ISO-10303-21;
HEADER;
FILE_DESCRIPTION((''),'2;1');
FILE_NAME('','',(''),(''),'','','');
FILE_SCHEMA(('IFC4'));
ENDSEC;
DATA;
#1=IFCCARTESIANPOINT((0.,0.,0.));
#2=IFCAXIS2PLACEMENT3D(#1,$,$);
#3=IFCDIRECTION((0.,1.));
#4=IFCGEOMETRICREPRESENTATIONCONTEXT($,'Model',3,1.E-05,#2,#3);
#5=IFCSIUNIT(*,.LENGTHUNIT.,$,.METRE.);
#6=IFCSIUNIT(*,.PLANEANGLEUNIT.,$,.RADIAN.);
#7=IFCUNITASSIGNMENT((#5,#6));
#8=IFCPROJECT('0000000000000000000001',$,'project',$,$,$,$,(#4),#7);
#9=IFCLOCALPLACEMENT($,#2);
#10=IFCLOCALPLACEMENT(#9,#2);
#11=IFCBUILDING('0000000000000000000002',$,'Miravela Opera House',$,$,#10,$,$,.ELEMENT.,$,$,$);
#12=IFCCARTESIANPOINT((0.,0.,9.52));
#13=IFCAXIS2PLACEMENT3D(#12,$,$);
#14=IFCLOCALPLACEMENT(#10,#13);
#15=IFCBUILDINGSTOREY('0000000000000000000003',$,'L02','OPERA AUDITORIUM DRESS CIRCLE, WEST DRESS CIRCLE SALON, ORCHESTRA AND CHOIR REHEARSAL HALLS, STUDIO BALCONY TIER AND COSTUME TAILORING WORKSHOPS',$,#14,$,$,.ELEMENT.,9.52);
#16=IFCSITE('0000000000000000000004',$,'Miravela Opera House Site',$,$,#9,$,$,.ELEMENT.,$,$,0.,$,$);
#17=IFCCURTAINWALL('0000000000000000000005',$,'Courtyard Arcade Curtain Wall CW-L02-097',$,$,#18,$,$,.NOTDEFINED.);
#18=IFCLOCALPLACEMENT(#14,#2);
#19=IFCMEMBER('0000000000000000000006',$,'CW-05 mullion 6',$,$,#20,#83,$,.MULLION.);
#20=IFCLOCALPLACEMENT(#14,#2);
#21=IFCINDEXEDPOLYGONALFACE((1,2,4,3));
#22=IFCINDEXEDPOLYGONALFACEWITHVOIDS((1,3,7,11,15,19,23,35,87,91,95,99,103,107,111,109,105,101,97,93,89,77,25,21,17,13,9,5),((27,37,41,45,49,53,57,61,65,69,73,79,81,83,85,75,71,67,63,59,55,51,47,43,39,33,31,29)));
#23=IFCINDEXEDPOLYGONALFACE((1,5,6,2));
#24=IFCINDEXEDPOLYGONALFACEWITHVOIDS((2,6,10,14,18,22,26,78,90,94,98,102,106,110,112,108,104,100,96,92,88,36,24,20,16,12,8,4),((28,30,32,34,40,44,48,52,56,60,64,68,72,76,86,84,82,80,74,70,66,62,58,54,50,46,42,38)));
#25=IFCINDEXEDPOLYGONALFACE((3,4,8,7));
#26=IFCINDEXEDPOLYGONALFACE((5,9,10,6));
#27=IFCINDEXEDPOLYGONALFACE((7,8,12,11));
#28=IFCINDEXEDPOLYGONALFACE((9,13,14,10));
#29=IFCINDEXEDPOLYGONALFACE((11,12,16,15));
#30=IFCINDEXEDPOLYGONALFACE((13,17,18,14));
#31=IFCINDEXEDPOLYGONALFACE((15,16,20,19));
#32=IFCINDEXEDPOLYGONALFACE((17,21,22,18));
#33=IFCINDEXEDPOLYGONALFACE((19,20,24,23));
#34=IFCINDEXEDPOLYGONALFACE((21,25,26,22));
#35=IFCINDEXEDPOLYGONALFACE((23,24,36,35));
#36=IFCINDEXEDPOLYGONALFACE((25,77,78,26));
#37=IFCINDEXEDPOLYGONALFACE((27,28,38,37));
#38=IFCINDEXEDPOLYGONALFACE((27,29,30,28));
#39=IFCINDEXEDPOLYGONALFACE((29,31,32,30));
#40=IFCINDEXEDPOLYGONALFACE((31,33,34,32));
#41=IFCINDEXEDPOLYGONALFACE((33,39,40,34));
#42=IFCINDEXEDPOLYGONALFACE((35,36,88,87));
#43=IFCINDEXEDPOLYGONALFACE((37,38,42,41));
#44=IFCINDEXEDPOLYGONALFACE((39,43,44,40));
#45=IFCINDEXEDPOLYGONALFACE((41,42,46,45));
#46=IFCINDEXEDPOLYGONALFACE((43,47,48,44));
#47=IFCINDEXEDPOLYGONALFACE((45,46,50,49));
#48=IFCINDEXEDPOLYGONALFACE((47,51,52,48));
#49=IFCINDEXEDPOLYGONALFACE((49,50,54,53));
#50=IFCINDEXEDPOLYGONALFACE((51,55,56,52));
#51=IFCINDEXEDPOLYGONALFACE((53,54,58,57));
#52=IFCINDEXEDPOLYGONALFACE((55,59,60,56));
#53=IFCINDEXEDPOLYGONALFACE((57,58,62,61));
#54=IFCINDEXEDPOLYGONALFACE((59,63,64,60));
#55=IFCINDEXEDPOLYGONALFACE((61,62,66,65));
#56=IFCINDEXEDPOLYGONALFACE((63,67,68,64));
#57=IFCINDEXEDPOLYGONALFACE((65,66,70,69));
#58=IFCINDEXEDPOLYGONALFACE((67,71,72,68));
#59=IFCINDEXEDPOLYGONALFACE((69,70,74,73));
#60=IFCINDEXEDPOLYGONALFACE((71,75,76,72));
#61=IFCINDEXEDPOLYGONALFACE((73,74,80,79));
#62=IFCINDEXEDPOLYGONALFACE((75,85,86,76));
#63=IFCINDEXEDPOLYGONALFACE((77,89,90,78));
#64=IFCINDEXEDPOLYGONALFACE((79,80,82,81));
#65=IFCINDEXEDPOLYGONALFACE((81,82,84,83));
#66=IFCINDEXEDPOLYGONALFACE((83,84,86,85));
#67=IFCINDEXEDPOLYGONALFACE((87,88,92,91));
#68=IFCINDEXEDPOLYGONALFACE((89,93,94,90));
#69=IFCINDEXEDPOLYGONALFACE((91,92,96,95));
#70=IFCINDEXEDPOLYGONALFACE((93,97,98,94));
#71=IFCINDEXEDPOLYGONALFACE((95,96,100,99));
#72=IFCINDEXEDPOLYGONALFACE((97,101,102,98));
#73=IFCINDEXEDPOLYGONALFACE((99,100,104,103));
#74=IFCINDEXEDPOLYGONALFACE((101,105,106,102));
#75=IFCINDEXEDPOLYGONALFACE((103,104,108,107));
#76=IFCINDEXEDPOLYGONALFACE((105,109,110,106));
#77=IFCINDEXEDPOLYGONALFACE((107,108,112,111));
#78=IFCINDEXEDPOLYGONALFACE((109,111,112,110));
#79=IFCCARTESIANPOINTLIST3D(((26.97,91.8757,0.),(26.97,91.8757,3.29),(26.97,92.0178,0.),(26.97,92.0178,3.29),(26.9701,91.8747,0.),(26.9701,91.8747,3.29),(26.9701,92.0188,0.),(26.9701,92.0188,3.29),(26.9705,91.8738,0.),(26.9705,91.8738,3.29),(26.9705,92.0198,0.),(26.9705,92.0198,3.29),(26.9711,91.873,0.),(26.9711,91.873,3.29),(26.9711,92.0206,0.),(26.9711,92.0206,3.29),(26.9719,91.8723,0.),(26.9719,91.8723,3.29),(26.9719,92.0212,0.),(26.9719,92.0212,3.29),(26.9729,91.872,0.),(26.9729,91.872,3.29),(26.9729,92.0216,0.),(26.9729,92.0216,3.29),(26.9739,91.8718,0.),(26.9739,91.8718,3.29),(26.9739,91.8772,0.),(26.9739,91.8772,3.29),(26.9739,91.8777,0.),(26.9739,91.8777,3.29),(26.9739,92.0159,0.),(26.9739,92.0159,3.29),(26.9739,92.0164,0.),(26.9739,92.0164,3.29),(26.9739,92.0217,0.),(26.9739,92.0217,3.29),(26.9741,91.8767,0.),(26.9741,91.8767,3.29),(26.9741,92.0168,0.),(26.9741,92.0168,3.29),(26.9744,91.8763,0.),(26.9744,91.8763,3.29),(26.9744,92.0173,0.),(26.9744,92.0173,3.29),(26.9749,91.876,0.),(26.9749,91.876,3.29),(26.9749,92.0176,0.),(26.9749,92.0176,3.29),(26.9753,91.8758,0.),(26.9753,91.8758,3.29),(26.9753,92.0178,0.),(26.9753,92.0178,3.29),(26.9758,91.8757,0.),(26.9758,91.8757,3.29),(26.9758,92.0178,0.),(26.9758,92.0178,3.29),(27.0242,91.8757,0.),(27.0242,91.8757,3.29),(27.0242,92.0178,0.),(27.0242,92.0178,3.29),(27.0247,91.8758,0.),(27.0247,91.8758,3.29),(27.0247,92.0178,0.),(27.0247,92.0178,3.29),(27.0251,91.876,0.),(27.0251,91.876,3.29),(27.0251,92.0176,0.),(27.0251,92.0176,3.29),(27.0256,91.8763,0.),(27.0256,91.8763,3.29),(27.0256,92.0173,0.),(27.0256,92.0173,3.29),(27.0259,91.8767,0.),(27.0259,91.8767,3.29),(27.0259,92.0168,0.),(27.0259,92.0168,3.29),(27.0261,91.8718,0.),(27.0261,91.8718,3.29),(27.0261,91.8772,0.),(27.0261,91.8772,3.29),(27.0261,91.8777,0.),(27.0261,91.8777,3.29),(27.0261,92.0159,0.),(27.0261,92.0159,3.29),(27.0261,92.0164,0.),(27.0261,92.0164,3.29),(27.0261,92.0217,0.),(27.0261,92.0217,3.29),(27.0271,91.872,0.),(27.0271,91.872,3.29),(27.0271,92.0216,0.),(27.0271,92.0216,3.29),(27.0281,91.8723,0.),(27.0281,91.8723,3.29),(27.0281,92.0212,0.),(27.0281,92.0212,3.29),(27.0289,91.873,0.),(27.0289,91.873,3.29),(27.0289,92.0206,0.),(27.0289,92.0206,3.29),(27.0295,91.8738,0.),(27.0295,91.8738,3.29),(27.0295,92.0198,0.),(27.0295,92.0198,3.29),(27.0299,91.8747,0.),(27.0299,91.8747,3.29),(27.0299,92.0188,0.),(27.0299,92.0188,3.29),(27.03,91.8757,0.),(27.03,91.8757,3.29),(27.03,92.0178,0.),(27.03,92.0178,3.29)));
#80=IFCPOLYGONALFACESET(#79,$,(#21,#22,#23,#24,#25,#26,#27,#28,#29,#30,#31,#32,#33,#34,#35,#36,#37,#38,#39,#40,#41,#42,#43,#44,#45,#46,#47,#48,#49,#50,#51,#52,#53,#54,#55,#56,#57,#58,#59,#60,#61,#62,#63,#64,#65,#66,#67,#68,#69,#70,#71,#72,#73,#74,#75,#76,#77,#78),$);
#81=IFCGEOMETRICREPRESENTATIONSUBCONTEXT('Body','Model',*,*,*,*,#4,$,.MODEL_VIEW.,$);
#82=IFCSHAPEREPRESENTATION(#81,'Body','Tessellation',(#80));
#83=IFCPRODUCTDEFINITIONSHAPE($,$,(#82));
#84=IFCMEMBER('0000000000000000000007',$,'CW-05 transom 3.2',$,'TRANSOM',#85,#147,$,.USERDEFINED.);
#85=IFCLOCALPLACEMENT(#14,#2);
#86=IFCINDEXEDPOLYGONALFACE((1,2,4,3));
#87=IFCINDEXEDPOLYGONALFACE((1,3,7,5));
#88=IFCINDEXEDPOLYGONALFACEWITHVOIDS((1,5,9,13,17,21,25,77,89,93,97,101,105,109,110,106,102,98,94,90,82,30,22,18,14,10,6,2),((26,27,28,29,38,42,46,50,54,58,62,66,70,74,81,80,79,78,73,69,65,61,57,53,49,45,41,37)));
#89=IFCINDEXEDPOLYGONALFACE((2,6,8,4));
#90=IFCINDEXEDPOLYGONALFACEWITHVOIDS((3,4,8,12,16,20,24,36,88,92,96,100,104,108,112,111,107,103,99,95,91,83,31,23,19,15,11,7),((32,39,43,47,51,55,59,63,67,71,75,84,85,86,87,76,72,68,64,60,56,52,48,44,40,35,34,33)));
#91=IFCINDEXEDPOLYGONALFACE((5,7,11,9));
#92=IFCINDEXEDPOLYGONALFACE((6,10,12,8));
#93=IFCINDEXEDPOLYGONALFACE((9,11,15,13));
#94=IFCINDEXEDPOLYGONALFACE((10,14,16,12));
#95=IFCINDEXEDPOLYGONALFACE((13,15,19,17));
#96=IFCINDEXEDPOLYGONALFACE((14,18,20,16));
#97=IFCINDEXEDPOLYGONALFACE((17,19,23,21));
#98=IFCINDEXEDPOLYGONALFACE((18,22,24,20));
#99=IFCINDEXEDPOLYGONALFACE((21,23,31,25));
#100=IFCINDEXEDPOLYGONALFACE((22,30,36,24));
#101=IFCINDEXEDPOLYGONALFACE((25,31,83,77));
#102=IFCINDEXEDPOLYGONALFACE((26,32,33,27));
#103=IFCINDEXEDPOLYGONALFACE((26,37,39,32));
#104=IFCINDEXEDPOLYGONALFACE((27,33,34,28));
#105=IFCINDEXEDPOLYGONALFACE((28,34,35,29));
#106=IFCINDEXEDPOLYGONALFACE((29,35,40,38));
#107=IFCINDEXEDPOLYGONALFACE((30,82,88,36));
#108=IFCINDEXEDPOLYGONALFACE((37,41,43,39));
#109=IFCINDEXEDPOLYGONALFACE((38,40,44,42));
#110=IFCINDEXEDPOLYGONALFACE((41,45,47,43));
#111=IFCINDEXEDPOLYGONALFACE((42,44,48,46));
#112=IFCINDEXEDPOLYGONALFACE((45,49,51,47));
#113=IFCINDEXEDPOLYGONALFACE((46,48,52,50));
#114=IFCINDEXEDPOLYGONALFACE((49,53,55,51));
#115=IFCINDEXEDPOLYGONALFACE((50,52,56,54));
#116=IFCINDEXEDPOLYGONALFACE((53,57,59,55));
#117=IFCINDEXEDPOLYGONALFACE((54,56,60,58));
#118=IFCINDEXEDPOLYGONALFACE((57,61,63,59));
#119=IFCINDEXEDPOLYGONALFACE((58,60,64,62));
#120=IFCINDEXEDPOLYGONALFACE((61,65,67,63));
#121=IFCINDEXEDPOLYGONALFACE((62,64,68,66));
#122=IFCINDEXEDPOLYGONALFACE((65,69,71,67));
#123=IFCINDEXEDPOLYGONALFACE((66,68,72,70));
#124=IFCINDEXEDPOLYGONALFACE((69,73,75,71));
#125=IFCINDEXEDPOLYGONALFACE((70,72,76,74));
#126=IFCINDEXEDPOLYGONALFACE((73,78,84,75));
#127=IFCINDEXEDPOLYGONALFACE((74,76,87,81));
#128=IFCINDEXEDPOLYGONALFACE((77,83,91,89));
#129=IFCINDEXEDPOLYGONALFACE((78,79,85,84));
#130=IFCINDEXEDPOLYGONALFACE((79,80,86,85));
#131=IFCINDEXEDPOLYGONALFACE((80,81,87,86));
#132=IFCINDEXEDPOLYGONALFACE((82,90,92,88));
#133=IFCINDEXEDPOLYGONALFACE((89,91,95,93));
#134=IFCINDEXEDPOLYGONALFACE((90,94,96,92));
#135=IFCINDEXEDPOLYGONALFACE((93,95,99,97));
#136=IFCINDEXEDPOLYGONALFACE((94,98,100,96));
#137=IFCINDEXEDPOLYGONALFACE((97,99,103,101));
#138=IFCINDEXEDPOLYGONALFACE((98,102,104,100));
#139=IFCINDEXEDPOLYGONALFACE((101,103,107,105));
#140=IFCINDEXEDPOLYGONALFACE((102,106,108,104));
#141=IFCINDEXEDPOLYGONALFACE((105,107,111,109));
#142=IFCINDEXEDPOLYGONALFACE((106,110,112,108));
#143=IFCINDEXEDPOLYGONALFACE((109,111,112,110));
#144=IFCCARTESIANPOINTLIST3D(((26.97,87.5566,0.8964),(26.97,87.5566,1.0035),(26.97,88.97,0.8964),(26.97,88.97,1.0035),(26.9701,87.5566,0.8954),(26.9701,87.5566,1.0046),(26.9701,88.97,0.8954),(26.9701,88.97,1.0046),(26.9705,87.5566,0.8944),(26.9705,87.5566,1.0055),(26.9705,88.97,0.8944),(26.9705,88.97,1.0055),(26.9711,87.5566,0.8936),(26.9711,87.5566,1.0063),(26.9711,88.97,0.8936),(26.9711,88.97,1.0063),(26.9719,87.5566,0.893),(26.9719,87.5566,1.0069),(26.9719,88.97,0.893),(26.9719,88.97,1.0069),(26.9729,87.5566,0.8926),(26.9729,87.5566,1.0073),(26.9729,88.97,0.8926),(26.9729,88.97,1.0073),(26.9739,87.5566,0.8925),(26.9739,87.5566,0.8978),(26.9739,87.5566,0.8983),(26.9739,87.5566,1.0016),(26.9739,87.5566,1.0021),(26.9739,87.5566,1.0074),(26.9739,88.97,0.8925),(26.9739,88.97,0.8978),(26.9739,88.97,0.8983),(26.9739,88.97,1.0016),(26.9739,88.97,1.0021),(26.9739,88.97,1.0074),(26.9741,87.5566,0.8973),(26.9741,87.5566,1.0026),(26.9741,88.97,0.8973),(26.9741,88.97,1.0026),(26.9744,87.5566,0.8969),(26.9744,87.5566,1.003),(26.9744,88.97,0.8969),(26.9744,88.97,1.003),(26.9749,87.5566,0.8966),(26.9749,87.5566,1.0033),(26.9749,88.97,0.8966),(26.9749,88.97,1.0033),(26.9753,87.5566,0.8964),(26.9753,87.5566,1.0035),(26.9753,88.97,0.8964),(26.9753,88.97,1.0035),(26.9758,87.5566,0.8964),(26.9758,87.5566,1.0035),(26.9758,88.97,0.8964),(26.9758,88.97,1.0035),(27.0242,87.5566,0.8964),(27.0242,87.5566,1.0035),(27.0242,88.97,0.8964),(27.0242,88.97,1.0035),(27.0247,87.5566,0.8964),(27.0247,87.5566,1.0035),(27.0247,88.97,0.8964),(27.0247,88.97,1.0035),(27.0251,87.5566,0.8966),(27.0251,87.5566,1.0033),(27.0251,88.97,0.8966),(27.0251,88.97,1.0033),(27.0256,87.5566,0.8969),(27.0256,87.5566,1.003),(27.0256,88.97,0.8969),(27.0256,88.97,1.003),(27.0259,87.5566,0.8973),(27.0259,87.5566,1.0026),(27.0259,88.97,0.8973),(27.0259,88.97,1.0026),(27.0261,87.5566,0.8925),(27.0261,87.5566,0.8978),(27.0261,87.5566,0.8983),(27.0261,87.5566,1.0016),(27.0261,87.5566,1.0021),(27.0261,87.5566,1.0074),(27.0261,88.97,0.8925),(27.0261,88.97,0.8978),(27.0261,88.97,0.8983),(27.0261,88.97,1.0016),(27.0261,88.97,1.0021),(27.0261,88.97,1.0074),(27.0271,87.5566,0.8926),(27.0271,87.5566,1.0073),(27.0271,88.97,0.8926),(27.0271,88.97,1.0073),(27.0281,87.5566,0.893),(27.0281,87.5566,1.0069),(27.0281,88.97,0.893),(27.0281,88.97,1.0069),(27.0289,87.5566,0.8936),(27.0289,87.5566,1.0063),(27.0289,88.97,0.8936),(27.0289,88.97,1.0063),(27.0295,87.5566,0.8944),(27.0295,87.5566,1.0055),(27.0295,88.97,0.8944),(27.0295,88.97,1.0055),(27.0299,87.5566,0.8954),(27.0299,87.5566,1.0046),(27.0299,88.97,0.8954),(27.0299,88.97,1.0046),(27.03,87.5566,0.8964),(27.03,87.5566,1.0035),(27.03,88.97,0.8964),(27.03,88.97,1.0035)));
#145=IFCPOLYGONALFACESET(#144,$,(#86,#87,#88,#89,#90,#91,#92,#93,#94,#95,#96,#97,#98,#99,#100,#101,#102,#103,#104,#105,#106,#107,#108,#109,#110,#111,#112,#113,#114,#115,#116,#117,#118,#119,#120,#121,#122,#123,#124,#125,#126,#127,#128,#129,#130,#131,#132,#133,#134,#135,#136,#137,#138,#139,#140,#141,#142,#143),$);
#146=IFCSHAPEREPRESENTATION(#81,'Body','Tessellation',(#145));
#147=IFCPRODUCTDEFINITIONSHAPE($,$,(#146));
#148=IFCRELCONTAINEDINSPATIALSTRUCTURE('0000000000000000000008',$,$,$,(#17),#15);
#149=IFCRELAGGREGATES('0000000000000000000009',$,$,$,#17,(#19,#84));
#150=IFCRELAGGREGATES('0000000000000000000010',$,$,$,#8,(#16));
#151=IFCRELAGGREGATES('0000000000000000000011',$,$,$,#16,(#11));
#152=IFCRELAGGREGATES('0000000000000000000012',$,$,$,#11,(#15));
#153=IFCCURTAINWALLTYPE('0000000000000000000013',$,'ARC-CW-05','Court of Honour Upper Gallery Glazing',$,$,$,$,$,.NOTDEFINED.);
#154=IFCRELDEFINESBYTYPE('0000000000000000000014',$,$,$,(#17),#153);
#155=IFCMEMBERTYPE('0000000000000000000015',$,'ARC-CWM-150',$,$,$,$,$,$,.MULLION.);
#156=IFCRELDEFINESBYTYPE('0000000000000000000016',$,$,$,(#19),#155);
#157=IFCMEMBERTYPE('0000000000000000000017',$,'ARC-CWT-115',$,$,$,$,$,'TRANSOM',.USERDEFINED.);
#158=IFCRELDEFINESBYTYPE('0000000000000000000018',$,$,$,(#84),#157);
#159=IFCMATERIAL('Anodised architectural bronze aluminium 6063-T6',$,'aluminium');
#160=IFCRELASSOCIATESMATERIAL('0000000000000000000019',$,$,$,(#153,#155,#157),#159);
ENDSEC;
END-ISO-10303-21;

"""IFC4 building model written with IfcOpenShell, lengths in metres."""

from ifc_helpers import new_model, si_unit, direction, frame, origin, origin_2d, place, context, subcontext, project, spatial, hollow_rectangle, extrude, material, material_profile, profile_set, type_object, element, aggregate, save


model = new_model("IFC4")

# Units and contexts
model_context = context("Model", 3, precision=1e-05, world=origin(), true_north=direction((0.0, 1.0)))
body_context = subcontext(model_context, "Body", "Model", "MODEL_VIEW")
ifc_project = project(units=[si_unit("LENGTHUNIT", "METRE"), si_unit("PLANEANGLEUNIT", "RADIAN")], contexts=[model_context])

# Site, building, storey
site_placement = place(None, origin())
site = spatial("IfcSite", under=ifc_project, at=site_placement, Name="Miravela Opera House Site", CompositionType="ELEMENT", RefElevation=0.0)
building_placement = place(site_placement, origin())
building = spatial("IfcBuilding", under=site, at=building_placement, Name="Miravela Opera House", CompositionType="ELEMENT")
storey_placement = place(building_placement, frame((0.0, 0.0, 9.52)))
storey = spatial("IfcBuildingStorey", under=building, at=storey_placement, Name="L02", Description="OPERA AUDITORIUM DRESS CIRCLE, WEST DRESS CIRCLE SALON, ORCHESTRA AND CHOIR REHEARSAL HALLS, STUDIO BALCONY TIER AND COSTUME TAILORING WORKSHOPS", CompositionType="ELEMENT", Elevation=9.52)

# Curtain wall, members
ifc_material_1 = material(Name="Anodised architectural bronze aluminium 6063-T6", Category="aluminium")
curtain_wall_type = type_object("IfcCurtainWallType", Name="ARC-CW-05", Description="Court of Honour Upper Gallery Glazing", PredefinedType="NOTDEFINED", material=ifc_material_1)
curtain_wall_placement = place(storey_placement, origin())
curtain_wall = element("IfcCurtainWall", 1, at=curtain_wall_placement, inside=storey, type_object=curtain_wall_type, Name="Courtyard Arcade Curtain Wall CW-L02-097", PredefinedType="NOTDEFINED")
ifc_material_profile_1 = material_profile(ifc_material_1, hollow_rectangle(XDim=0.0601, YDim=0.1499, WallThickness=0.0039, InnerFilletRadius=0.002, OuterFilletRadius=0.0039, at=origin_2d()), Name="CWM-60X150")
ifc_profile_set_1 = profile_set([ifc_material_profile_1])
member_type_1 = type_object("IfcMemberType", Name="ARC-CWM-150", PredefinedType="MULLION", material=ifc_profile_set_1)
member_1_placement = place(storey_placement, frame((27.0, 91.9468, 0.0), z_axis=(0.0, 0.0, 1.0), x_axis=(-1.0, 0.0, 0.0)))
member_1 = element("IfcMember", 2, at=member_1_placement, type_object=member_type_1, Name="CW-05 mullion 6", PredefinedType="MULLION", context=body_context, shape_type="SweptSolid", body=[
    extrude(hollow_rectangle(XDim=0.0601, YDim=0.1499, WallThickness=0.0039, InnerFilletRadius=0.002, OuterFilletRadius=0.0039, at=origin_2d()), origin(), (0.0, 0.0, 1.0), 3.29),
])
ifc_material_profile_2 = material_profile(ifc_material_1, hollow_rectangle(XDim=0.0601, YDim=0.115, WallThickness=0.0039, InnerFilletRadius=0.002, OuterFilletRadius=0.0039, at=origin_2d()), Name="CWT-60X115")
ifc_profile_set_2 = profile_set([ifc_material_profile_2])
member_type_2 = type_object("IfcMemberType", Name="ARC-CWT-115", ElementType="TRANSOM", PredefinedType="USERDEFINED", material=ifc_profile_set_2)
member_2_placement = place(storey_placement, frame((27.0, 87.5566, 0.95), z_axis=(0.0, 1.0, 0.0), x_axis=(-1.0, 0.0, 0.0)))
member_2 = element("IfcMember", 3, at=member_2_placement, type_object=member_type_2, Name="CW-05 transom 3.2", ObjectType="TRANSOM", PredefinedType="USERDEFINED", context=body_context, shape_type="SweptSolid", body=[
    extrude(hollow_rectangle(XDim=0.0601, YDim=0.115, WallThickness=0.0039, InnerFilletRadius=0.002, OuterFilletRadius=0.0039, at=origin_2d()), origin(), (0.0, 0.0, 1.0), 1.4133),
])
aggregate(curtain_wall, [member_1, member_2])

save(model, "model.ifc")
